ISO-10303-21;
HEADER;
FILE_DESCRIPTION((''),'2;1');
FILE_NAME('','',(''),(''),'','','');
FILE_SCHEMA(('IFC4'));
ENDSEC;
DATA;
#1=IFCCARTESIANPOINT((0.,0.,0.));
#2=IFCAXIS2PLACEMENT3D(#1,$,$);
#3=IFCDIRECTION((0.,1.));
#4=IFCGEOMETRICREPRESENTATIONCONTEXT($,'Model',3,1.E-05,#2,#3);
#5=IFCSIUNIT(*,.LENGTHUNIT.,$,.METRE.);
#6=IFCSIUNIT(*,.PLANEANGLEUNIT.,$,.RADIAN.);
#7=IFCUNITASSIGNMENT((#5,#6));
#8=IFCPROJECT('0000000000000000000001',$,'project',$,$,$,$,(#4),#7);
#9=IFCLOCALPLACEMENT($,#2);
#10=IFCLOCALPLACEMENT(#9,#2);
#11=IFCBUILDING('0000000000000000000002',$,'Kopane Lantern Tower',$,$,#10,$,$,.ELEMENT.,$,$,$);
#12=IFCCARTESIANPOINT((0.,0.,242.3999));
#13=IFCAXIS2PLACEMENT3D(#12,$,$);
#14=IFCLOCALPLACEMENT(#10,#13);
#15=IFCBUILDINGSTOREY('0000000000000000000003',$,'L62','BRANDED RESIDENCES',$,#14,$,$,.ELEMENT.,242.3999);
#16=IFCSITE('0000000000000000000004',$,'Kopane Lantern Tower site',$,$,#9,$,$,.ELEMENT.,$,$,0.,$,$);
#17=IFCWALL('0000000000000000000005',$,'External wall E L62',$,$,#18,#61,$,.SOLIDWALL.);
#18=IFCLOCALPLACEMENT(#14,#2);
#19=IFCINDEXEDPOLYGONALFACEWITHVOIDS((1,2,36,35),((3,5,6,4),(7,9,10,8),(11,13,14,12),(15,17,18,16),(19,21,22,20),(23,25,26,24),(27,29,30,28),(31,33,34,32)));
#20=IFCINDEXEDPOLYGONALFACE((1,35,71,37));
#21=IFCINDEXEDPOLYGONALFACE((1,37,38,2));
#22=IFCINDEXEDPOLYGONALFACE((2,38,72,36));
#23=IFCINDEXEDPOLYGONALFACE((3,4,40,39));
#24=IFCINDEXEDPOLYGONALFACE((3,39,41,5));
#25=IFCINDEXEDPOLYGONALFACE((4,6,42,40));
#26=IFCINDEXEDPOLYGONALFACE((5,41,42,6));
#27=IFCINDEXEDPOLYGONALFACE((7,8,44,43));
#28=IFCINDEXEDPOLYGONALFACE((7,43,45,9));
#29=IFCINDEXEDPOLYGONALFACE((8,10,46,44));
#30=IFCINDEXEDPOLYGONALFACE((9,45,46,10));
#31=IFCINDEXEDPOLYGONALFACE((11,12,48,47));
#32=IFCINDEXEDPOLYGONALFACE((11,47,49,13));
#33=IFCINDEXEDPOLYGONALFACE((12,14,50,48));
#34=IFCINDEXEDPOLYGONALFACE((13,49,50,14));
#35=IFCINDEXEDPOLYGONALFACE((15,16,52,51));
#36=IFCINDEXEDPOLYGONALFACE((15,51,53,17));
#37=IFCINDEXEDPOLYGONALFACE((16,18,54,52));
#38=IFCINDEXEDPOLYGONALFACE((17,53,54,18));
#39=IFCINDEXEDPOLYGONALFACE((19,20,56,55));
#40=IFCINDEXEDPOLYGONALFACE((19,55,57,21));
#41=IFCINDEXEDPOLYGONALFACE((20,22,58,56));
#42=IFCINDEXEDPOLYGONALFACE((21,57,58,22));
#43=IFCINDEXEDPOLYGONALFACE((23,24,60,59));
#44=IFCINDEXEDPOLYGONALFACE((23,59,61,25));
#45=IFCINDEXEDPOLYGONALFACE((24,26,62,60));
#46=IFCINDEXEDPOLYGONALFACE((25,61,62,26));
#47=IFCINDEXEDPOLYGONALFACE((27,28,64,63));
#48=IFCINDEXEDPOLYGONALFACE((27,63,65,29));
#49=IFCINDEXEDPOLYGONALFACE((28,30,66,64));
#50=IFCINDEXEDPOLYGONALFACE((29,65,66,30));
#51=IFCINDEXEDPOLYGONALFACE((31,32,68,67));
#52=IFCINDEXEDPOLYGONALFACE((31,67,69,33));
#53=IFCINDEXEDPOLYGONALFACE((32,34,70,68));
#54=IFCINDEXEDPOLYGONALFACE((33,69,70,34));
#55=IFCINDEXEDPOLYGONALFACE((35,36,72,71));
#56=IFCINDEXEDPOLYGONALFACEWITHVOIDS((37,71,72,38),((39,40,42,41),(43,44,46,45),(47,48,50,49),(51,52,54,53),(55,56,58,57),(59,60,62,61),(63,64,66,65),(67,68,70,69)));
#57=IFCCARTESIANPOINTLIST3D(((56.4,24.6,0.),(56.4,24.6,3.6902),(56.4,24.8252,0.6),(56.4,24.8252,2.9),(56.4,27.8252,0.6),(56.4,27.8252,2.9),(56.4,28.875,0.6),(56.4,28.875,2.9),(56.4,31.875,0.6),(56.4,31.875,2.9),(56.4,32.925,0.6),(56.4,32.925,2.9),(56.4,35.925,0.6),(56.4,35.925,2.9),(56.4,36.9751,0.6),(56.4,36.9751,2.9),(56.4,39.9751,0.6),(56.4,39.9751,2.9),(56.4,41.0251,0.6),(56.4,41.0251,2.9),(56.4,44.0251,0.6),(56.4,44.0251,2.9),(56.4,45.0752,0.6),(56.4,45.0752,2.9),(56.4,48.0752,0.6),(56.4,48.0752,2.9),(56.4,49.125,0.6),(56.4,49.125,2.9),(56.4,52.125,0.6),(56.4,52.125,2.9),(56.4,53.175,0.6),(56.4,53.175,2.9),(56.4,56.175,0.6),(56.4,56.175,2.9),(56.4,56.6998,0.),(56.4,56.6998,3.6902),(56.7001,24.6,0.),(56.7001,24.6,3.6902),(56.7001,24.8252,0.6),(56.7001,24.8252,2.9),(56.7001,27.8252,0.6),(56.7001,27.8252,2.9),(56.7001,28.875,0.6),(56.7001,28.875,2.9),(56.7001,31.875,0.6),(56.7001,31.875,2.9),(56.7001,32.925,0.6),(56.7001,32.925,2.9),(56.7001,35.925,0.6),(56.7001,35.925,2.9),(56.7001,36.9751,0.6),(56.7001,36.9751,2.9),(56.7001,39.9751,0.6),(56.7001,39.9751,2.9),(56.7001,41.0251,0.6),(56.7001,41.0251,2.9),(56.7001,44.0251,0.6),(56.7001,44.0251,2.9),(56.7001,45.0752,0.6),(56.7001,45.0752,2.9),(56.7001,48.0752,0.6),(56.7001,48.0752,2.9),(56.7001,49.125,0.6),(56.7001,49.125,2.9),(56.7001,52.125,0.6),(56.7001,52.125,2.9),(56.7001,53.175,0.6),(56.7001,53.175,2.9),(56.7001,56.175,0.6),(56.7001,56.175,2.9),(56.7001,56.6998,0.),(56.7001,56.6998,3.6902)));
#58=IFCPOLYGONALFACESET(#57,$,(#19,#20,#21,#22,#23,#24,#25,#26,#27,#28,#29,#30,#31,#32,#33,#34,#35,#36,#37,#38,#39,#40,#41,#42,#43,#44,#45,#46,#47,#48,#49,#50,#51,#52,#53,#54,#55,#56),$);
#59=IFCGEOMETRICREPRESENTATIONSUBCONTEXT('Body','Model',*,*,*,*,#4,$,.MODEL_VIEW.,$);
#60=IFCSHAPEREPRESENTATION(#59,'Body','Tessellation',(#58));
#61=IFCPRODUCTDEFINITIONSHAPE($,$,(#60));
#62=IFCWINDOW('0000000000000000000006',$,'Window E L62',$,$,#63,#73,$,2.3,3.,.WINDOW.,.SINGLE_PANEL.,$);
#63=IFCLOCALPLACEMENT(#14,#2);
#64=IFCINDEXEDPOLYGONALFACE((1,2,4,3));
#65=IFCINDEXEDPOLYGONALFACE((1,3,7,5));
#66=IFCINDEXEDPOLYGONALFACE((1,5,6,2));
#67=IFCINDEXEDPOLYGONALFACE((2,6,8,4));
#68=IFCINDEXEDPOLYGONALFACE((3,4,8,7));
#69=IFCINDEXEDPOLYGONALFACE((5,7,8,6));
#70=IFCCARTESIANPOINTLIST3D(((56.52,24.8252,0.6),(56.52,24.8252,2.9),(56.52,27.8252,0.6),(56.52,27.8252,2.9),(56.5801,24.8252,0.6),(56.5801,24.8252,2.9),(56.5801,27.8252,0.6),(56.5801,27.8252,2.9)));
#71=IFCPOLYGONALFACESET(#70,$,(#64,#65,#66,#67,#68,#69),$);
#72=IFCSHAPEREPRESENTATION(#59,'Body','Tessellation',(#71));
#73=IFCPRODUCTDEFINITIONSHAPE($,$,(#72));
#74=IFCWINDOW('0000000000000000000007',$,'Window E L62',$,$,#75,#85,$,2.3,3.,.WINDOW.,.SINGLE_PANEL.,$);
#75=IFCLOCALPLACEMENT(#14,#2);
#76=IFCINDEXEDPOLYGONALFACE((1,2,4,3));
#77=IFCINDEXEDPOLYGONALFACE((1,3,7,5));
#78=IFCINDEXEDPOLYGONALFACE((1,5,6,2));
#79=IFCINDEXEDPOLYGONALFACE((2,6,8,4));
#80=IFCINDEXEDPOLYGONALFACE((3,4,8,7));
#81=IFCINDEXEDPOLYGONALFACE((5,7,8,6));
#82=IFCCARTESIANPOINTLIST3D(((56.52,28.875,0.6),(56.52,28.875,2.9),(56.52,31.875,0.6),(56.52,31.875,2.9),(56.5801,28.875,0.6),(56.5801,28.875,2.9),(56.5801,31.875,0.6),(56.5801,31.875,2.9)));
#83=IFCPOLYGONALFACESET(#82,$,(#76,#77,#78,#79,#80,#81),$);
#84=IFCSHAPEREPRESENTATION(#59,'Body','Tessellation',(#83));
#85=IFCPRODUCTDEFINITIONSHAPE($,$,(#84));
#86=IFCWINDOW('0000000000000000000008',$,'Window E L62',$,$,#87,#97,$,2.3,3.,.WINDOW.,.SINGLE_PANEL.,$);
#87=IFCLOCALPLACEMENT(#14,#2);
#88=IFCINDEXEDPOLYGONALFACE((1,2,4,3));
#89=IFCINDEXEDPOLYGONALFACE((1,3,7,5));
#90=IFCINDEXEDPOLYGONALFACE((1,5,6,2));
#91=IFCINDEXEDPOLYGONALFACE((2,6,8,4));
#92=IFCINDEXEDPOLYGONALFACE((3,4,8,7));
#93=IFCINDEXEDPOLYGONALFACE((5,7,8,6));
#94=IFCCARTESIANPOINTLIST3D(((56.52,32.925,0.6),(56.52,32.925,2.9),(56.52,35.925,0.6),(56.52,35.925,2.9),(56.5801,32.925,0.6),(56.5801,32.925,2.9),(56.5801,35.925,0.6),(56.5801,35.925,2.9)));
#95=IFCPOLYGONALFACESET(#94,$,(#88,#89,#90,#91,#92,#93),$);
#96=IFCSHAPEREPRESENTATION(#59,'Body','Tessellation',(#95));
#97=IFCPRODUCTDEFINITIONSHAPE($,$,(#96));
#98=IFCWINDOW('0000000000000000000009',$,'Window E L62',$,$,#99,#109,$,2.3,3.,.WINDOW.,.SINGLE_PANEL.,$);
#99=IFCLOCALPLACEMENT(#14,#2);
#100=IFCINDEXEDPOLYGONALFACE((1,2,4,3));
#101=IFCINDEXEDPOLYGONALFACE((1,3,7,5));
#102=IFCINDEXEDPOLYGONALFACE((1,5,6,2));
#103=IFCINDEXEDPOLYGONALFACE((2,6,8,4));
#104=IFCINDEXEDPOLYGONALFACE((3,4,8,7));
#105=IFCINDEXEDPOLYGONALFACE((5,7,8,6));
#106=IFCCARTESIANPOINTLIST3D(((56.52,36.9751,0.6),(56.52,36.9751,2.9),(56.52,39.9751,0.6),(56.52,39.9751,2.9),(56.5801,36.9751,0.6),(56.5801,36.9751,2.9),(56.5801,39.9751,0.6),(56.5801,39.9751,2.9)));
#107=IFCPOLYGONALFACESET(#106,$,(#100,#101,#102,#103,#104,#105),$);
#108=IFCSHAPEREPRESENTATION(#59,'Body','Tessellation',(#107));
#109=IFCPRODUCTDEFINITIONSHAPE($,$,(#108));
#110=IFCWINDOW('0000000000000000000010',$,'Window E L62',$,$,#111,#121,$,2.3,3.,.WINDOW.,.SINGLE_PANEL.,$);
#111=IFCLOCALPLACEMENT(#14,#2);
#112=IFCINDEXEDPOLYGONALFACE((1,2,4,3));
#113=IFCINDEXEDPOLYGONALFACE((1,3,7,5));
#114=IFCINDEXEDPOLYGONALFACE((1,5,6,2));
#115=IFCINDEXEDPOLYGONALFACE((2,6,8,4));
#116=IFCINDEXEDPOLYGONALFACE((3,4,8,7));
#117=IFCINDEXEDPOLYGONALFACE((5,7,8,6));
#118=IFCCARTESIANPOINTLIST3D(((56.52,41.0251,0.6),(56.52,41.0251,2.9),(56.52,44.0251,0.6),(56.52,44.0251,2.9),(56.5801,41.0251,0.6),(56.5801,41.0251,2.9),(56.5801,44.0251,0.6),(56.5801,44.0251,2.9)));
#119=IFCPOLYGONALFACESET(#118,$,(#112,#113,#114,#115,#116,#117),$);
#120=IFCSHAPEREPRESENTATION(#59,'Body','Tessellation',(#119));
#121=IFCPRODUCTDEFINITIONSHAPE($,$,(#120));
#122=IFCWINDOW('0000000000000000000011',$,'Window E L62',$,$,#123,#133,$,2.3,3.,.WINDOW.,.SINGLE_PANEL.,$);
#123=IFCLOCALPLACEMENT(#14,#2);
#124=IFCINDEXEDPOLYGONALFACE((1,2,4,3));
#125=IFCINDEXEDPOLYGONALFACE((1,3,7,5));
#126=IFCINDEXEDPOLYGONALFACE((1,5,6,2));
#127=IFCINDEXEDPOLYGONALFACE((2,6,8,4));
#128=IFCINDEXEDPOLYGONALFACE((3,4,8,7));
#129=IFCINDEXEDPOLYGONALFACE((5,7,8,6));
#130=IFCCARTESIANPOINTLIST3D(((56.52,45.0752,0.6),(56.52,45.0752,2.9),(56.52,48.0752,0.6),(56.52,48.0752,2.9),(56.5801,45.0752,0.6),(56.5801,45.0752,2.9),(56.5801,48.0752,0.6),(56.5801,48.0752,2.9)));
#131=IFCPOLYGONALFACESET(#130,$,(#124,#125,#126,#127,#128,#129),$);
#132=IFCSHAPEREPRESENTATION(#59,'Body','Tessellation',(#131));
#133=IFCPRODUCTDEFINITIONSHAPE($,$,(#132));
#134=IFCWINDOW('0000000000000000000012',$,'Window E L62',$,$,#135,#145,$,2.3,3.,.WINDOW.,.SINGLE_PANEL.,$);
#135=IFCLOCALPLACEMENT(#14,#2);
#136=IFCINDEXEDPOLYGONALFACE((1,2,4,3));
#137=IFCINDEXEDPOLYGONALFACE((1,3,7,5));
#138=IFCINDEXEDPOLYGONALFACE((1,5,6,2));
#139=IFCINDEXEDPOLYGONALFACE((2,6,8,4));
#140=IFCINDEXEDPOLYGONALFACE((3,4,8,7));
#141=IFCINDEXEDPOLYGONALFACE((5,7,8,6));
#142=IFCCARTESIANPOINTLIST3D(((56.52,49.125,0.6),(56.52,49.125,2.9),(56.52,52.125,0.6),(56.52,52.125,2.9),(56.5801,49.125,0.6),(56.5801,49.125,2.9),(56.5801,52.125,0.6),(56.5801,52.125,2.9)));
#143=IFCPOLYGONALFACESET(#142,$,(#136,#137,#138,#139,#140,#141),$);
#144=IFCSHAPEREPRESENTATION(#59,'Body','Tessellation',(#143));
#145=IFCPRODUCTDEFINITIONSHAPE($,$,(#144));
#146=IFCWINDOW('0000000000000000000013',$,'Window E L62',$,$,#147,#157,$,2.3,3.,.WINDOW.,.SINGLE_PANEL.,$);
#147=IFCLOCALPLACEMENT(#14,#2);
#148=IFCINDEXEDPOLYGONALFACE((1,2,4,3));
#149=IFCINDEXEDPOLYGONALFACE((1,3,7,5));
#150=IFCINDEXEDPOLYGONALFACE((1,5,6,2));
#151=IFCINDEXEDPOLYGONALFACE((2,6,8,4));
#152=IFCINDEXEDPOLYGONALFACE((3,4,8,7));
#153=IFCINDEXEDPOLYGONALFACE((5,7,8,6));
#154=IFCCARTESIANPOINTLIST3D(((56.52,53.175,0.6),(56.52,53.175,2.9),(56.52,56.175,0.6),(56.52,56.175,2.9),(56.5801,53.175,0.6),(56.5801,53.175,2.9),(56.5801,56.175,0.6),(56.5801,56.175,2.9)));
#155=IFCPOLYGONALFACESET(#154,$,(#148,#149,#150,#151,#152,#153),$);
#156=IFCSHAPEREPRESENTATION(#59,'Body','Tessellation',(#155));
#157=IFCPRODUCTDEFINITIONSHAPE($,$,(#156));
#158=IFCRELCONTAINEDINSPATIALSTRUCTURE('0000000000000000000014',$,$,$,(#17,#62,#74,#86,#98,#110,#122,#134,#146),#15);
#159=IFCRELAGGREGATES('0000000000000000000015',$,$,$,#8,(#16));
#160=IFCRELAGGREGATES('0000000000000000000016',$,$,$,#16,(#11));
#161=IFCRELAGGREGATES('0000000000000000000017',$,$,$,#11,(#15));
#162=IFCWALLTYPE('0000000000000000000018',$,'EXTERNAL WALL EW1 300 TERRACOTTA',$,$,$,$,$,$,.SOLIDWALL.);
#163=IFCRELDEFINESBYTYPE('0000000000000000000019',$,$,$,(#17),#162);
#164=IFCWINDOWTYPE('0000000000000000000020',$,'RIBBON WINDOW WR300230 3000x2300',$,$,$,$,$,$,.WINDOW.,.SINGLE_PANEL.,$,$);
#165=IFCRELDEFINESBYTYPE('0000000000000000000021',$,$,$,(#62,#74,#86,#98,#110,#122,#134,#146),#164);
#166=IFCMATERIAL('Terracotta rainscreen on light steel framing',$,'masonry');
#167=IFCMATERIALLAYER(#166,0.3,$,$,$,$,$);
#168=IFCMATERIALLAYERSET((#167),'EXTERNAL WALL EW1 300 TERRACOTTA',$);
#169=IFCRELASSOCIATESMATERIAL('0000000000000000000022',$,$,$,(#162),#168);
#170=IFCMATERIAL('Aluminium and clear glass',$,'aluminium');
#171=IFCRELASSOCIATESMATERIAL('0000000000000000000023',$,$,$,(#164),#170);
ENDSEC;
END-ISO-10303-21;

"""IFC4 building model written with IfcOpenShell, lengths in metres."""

from ifc_helpers import new_model, si_unit, direction, frame, frame_2d, origin, place, context, subcontext, project, spatial, rectangle, extrude, material, layer, layer_set, type_object, element, fill, save


model = new_model("IFC4")

# Units and contexts
model_context = context("Model", 3, precision=1e-05, world=origin(), true_north=direction((0.0, 1.0)))
body_context = subcontext(model_context, "Body", "Model", "MODEL_VIEW")
ifc_project = project(units=[si_unit("LENGTHUNIT", "METRE"), si_unit("PLANEANGLEUNIT", "RADIAN")], contexts=[model_context])

# Site, building, storey
site_placement = place(None, origin())
site = spatial("IfcSite", under=ifc_project, at=site_placement, Name="Kopane Lantern Tower site", CompositionType="ELEMENT", RefElevation=0.0)
building_placement = place(site_placement, origin())
building = spatial("IfcBuilding", under=site, at=building_placement, Name="Kopane Lantern Tower", CompositionType="ELEMENT")
storey_placement = place(building_placement, frame((0.0, 0.0, 242.3999)))
storey = spatial("IfcBuildingStorey", under=building, at=storey_placement, Name="L62", Description="BRANDED RESIDENCES", CompositionType="ELEMENT", Elevation=242.3999)

# Shared definitions
ifc_material_1 = material(Name="Terracotta rainscreen on light steel framing", Category="masonry")
ifc_layer_1 = layer(ifc_material_1, 0.3)
ifc_layer_set_1 = layer_set([ifc_layer_1], Name="EXTERNAL WALL EW1 300 TERRACOTTA")
wall_type_1 = type_object("IfcWallType", Name="EXTERNAL WALL EW1 300 TERRACOTTA", PredefinedType="SOLIDWALL", material=ifc_layer_set_1)
ifc_material_2 = material(Name="Aluminium and clear glass", Category="aluminium")
window_type = type_object("IfcWindowType", Name="RIBBON WINDOW WR300230 3000x2300", PartitioningType="SINGLE_PANEL", PredefinedType="WINDOW", material=ifc_material_2)

# Wall, openings, windows
wall_1_placement = place(storey_placement, frame((56.55, 24.6001, 0.0), z_axis=(0.0, 0.0, 1.0), x_axis=(0.0, 1.0, 0.0)))
wall_1 = element("IfcWall", 1, at=wall_1_placement, inside=storey, type_object=wall_type_1, Name="External wall E L62", PredefinedType="SOLIDWALL", context=body_context, shape_type="SweptSolid", body=[
    extrude(rectangle(XDim=32.0999, YDim=0.3, at=frame_2d((16.0498, 0.0))), origin(), (0.0, 0.0, 1.0), 3.6902),
])
opening_1_placement = place(wall_1_placement, frame((0.2251, 0.0, 0.6001)))
opening_1 = element("IfcOpeningElement", 2, at=opening_1_placement, cuts=wall_1, PredefinedType="OPENING", context=body_context, shape_type="SweptSolid", body=[
    extrude(rectangle(XDim=3.0, YDim=2.3, at=frame_2d((1.5, 1.1499))), frame((0.0, 0.1599, 0.0), z_axis=(0.0, -1.0, 0.0), x_axis=(1.0, 0.0, 0.0)), (0.0, 0.0, 1.0), 0.3201),
])
opening_2_placement = place(wall_1_placement, frame((4.2749, 0.0, 0.6001)))
opening_2 = element("IfcOpeningElement", 3, at=opening_2_placement, cuts=wall_1, PredefinedType="OPENING", context=body_context, shape_type="SweptSolid", body=[
    extrude(rectangle(XDim=3.0, YDim=2.3, at=frame_2d((1.5, 1.1499))), frame((0.0, 0.1599, 0.0), z_axis=(0.0, -1.0, 0.0), x_axis=(1.0, 0.0, 0.0)), (0.0, 0.0, 1.0), 0.3201),
])
opening_3_placement = place(wall_1_placement, frame((8.325, 0.0, 0.6001)))
opening_3 = element("IfcOpeningElement", 4, at=opening_3_placement, cuts=wall_1, PredefinedType="OPENING", context=body_context, shape_type="SweptSolid", body=[
    extrude(rectangle(XDim=3.0, YDim=2.3, at=frame_2d((1.5, 1.1499))), frame((0.0, 0.1599, 0.0), z_axis=(0.0, -1.0, 0.0), x_axis=(1.0, 0.0, 0.0)), (0.0, 0.0, 1.0), 0.3201),
])
opening_4_placement = place(wall_1_placement, frame((12.375, 0.0, 0.6001)))
opening_4 = element("IfcOpeningElement", 5, at=opening_4_placement, cuts=wall_1, PredefinedType="OPENING", context=body_context, shape_type="SweptSolid", body=[
    extrude(rectangle(XDim=3.0, YDim=2.3, at=frame_2d((1.5, 1.1499))), frame((0.0, 0.1599, 0.0), z_axis=(0.0, -1.0, 0.0), x_axis=(1.0, 0.0, 0.0)), (0.0, 0.0, 1.0), 0.3201),
])
opening_5_placement = place(wall_1_placement, frame((16.425, 0.0, 0.6001)))
opening_5 = element("IfcOpeningElement", 6, at=opening_5_placement, cuts=wall_1, PredefinedType="OPENING", context=body_context, shape_type="SweptSolid", body=[
    extrude(rectangle(XDim=3.0, YDim=2.3, at=frame_2d((1.5, 1.1499))), frame((0.0, 0.1599, 0.0), z_axis=(0.0, -1.0, 0.0), x_axis=(1.0, 0.0, 0.0)), (0.0, 0.0, 1.0), 0.3201),
])
opening_6_placement = place(wall_1_placement, frame((20.4751, 0.0, 0.6001)))
opening_6 = element("IfcOpeningElement", 7, at=opening_6_placement, cuts=wall_1, PredefinedType="OPENING", context=body_context, shape_type="SweptSolid", body=[
    extrude(rectangle(XDim=3.0, YDim=2.3, at=frame_2d((1.5, 1.1499))), frame((0.0, 0.1599, 0.0), z_axis=(0.0, -1.0, 0.0), x_axis=(1.0, 0.0, 0.0)), (0.0, 0.0, 1.0), 0.3201),
])
opening_7_placement = place(wall_1_placement, frame((24.5249, 0.0, 0.6001)))
opening_7 = element("IfcOpeningElement", 8, at=opening_7_placement, cuts=wall_1, PredefinedType="OPENING", context=body_context, shape_type="SweptSolid", body=[
    extrude(rectangle(XDim=3.0, YDim=2.3, at=frame_2d((1.5, 1.1499))), frame((0.0, 0.1599, 0.0), z_axis=(0.0, -1.0, 0.0), x_axis=(1.0, 0.0, 0.0)), (0.0, 0.0, 1.0), 0.3201),
])
opening_8_placement = place(wall_1_placement, frame((28.575, 0.0, 0.6001)))
opening_8 = element("IfcOpeningElement", 9, at=opening_8_placement, cuts=wall_1, PredefinedType="OPENING", context=body_context, shape_type="SweptSolid", body=[
    extrude(rectangle(XDim=3.0, YDim=2.3, at=frame_2d((1.5, 1.1499))), frame((0.0, 0.1599, 0.0), z_axis=(0.0, -1.0, 0.0), x_axis=(1.0, 0.0, 0.0)), (0.0, 0.0, 1.0), 0.3201),
])
window_1_placement = place(opening_1_placement, origin())
window_1 = element("IfcWindow", 10, at=window_1_placement, inside=storey, type_object=window_type, Name="Window E L62", OverallHeight=2.3, OverallWidth=3.0, PartitioningType="SINGLE_PANEL", PredefinedType="WINDOW", context=body_context, shape_type="SweptSolid", body=[
    extrude(rectangle(XDim=3.0, YDim=2.3, at=frame_2d((1.5, 1.1499))), frame((0.0, 0.03, 0.0), z_axis=(0.0, -1.0, 0.0), x_axis=(1.0, 0.0, 0.0)), (0.0, 0.0, 1.0), 0.0601),
])
fill(opening_1, window_1)
window_2_placement = place(opening_2_placement, origin())
window_2 = element("IfcWindow", 11, at=window_2_placement, inside=storey, type_object=window_type, Name="Window E L62", OverallHeight=2.3, OverallWidth=3.0, PartitioningType="SINGLE_PANEL", PredefinedType="WINDOW", context=body_context, shape_type="SweptSolid", body=[
    extrude(rectangle(XDim=3.0, YDim=2.3, at=frame_2d((1.5, 1.1499))), frame((0.0, 0.03, 0.0), z_axis=(0.0, -1.0, 0.0), x_axis=(1.0, 0.0, 0.0)), (0.0, 0.0, 1.0), 0.0601),
])
fill(opening_2, window_2)
window_3_placement = place(opening_3_placement, origin())
window_3 = element("IfcWindow", 12, at=window_3_placement, inside=storey, type_object=window_type, Name="Window E L62", OverallHeight=2.3, OverallWidth=3.0, PartitioningType="SINGLE_PANEL", PredefinedType="WINDOW", context=body_context, shape_type="SweptSolid", body=[
    extrude(rectangle(XDim=3.0, YDim=2.3, at=frame_2d((1.5, 1.1499))), frame((0.0, 0.03, 0.0), z_axis=(0.0, -1.0, 0.0), x_axis=(1.0, 0.0, 0.0)), (0.0, 0.0, 1.0), 0.0601),
])
fill(opening_3, window_3)
window_4_placement = place(opening_4_placement, origin())
window_4 = element("IfcWindow", 13, at=window_4_placement, inside=storey, type_object=window_type, Name="Window E L62", OverallHeight=2.3, OverallWidth=3.0, PartitioningType="SINGLE_PANEL", PredefinedType="WINDOW", context=body_context, shape_type="SweptSolid", body=[
    extrude(rectangle(XDim=3.0, YDim=2.3, at=frame_2d((1.5, 1.1499))), frame((0.0, 0.03, 0.0), z_axis=(0.0, -1.0, 0.0), x_axis=(1.0, 0.0, 0.0)), (0.0, 0.0, 1.0), 0.0601),
])
fill(opening_4, window_4)
window_5_placement = place(opening_5_placement, origin())
window_5 = element("IfcWindow", 14, at=window_5_placement, inside=storey, type_object=window_type, Name="Window E L62", OverallHeight=2.3, OverallWidth=3.0, PartitioningType="SINGLE_PANEL", PredefinedType="WINDOW", context=body_context, shape_type="SweptSolid", body=[
    extrude(rectangle(XDim=3.0, YDim=2.3, at=frame_2d((1.5, 1.1499))), frame((0.0, 0.03, 0.0), z_axis=(0.0, -1.0, 0.0), x_axis=(1.0, 0.0, 0.0)), (0.0, 0.0, 1.0), 0.0601),
])
fill(opening_5, window_5)
window_6_placement = place(opening_6_placement, origin())
window_6 = element("IfcWindow", 15, at=window_6_placement, inside=storey, type_object=window_type, Name="Window E L62", OverallHeight=2.3, OverallWidth=3.0, PartitioningType="SINGLE_PANEL", PredefinedType="WINDOW", context=body_context, shape_type="SweptSolid", body=[
    extrude(rectangle(XDim=3.0, YDim=2.3, at=frame_2d((1.5, 1.1499))), frame((0.0, 0.03, 0.0), z_axis=(0.0, -1.0, 0.0), x_axis=(1.0, 0.0, 0.0)), (0.0, 0.0, 1.0), 0.0601),
])
fill(opening_6, window_6)
window_7_placement = place(opening_7_placement, origin())
window_7 = element("IfcWindow", 16, at=window_7_placement, inside=storey, type_object=window_type, Name="Window E L62", OverallHeight=2.3, OverallWidth=3.0, PartitioningType="SINGLE_PANEL", PredefinedType="WINDOW", context=body_context, shape_type="SweptSolid", body=[
    extrude(rectangle(XDim=3.0, YDim=2.3, at=frame_2d((1.5, 1.1499))), frame((0.0, 0.03, 0.0), z_axis=(0.0, -1.0, 0.0), x_axis=(1.0, 0.0, 0.0)), (0.0, 0.0, 1.0), 0.0601),
])
fill(opening_7, window_7)
window_8_placement = place(opening_8_placement, origin())
window_8 = element("IfcWindow", 17, at=window_8_placement, inside=storey, type_object=window_type, Name="Window E L62", OverallHeight=2.3, OverallWidth=3.0, PartitioningType="SINGLE_PANEL", PredefinedType="WINDOW", context=body_context, shape_type="SweptSolid", body=[
    extrude(rectangle(XDim=3.0, YDim=2.3, at=frame_2d((1.5, 1.1499))), frame((0.0, 0.03, 0.0), z_axis=(0.0, -1.0, 0.0), x_axis=(1.0, 0.0, 0.0)), (0.0, 0.0, 1.0), 0.0601),
])
fill(opening_8, window_8)

save(model, "model.ifc")
